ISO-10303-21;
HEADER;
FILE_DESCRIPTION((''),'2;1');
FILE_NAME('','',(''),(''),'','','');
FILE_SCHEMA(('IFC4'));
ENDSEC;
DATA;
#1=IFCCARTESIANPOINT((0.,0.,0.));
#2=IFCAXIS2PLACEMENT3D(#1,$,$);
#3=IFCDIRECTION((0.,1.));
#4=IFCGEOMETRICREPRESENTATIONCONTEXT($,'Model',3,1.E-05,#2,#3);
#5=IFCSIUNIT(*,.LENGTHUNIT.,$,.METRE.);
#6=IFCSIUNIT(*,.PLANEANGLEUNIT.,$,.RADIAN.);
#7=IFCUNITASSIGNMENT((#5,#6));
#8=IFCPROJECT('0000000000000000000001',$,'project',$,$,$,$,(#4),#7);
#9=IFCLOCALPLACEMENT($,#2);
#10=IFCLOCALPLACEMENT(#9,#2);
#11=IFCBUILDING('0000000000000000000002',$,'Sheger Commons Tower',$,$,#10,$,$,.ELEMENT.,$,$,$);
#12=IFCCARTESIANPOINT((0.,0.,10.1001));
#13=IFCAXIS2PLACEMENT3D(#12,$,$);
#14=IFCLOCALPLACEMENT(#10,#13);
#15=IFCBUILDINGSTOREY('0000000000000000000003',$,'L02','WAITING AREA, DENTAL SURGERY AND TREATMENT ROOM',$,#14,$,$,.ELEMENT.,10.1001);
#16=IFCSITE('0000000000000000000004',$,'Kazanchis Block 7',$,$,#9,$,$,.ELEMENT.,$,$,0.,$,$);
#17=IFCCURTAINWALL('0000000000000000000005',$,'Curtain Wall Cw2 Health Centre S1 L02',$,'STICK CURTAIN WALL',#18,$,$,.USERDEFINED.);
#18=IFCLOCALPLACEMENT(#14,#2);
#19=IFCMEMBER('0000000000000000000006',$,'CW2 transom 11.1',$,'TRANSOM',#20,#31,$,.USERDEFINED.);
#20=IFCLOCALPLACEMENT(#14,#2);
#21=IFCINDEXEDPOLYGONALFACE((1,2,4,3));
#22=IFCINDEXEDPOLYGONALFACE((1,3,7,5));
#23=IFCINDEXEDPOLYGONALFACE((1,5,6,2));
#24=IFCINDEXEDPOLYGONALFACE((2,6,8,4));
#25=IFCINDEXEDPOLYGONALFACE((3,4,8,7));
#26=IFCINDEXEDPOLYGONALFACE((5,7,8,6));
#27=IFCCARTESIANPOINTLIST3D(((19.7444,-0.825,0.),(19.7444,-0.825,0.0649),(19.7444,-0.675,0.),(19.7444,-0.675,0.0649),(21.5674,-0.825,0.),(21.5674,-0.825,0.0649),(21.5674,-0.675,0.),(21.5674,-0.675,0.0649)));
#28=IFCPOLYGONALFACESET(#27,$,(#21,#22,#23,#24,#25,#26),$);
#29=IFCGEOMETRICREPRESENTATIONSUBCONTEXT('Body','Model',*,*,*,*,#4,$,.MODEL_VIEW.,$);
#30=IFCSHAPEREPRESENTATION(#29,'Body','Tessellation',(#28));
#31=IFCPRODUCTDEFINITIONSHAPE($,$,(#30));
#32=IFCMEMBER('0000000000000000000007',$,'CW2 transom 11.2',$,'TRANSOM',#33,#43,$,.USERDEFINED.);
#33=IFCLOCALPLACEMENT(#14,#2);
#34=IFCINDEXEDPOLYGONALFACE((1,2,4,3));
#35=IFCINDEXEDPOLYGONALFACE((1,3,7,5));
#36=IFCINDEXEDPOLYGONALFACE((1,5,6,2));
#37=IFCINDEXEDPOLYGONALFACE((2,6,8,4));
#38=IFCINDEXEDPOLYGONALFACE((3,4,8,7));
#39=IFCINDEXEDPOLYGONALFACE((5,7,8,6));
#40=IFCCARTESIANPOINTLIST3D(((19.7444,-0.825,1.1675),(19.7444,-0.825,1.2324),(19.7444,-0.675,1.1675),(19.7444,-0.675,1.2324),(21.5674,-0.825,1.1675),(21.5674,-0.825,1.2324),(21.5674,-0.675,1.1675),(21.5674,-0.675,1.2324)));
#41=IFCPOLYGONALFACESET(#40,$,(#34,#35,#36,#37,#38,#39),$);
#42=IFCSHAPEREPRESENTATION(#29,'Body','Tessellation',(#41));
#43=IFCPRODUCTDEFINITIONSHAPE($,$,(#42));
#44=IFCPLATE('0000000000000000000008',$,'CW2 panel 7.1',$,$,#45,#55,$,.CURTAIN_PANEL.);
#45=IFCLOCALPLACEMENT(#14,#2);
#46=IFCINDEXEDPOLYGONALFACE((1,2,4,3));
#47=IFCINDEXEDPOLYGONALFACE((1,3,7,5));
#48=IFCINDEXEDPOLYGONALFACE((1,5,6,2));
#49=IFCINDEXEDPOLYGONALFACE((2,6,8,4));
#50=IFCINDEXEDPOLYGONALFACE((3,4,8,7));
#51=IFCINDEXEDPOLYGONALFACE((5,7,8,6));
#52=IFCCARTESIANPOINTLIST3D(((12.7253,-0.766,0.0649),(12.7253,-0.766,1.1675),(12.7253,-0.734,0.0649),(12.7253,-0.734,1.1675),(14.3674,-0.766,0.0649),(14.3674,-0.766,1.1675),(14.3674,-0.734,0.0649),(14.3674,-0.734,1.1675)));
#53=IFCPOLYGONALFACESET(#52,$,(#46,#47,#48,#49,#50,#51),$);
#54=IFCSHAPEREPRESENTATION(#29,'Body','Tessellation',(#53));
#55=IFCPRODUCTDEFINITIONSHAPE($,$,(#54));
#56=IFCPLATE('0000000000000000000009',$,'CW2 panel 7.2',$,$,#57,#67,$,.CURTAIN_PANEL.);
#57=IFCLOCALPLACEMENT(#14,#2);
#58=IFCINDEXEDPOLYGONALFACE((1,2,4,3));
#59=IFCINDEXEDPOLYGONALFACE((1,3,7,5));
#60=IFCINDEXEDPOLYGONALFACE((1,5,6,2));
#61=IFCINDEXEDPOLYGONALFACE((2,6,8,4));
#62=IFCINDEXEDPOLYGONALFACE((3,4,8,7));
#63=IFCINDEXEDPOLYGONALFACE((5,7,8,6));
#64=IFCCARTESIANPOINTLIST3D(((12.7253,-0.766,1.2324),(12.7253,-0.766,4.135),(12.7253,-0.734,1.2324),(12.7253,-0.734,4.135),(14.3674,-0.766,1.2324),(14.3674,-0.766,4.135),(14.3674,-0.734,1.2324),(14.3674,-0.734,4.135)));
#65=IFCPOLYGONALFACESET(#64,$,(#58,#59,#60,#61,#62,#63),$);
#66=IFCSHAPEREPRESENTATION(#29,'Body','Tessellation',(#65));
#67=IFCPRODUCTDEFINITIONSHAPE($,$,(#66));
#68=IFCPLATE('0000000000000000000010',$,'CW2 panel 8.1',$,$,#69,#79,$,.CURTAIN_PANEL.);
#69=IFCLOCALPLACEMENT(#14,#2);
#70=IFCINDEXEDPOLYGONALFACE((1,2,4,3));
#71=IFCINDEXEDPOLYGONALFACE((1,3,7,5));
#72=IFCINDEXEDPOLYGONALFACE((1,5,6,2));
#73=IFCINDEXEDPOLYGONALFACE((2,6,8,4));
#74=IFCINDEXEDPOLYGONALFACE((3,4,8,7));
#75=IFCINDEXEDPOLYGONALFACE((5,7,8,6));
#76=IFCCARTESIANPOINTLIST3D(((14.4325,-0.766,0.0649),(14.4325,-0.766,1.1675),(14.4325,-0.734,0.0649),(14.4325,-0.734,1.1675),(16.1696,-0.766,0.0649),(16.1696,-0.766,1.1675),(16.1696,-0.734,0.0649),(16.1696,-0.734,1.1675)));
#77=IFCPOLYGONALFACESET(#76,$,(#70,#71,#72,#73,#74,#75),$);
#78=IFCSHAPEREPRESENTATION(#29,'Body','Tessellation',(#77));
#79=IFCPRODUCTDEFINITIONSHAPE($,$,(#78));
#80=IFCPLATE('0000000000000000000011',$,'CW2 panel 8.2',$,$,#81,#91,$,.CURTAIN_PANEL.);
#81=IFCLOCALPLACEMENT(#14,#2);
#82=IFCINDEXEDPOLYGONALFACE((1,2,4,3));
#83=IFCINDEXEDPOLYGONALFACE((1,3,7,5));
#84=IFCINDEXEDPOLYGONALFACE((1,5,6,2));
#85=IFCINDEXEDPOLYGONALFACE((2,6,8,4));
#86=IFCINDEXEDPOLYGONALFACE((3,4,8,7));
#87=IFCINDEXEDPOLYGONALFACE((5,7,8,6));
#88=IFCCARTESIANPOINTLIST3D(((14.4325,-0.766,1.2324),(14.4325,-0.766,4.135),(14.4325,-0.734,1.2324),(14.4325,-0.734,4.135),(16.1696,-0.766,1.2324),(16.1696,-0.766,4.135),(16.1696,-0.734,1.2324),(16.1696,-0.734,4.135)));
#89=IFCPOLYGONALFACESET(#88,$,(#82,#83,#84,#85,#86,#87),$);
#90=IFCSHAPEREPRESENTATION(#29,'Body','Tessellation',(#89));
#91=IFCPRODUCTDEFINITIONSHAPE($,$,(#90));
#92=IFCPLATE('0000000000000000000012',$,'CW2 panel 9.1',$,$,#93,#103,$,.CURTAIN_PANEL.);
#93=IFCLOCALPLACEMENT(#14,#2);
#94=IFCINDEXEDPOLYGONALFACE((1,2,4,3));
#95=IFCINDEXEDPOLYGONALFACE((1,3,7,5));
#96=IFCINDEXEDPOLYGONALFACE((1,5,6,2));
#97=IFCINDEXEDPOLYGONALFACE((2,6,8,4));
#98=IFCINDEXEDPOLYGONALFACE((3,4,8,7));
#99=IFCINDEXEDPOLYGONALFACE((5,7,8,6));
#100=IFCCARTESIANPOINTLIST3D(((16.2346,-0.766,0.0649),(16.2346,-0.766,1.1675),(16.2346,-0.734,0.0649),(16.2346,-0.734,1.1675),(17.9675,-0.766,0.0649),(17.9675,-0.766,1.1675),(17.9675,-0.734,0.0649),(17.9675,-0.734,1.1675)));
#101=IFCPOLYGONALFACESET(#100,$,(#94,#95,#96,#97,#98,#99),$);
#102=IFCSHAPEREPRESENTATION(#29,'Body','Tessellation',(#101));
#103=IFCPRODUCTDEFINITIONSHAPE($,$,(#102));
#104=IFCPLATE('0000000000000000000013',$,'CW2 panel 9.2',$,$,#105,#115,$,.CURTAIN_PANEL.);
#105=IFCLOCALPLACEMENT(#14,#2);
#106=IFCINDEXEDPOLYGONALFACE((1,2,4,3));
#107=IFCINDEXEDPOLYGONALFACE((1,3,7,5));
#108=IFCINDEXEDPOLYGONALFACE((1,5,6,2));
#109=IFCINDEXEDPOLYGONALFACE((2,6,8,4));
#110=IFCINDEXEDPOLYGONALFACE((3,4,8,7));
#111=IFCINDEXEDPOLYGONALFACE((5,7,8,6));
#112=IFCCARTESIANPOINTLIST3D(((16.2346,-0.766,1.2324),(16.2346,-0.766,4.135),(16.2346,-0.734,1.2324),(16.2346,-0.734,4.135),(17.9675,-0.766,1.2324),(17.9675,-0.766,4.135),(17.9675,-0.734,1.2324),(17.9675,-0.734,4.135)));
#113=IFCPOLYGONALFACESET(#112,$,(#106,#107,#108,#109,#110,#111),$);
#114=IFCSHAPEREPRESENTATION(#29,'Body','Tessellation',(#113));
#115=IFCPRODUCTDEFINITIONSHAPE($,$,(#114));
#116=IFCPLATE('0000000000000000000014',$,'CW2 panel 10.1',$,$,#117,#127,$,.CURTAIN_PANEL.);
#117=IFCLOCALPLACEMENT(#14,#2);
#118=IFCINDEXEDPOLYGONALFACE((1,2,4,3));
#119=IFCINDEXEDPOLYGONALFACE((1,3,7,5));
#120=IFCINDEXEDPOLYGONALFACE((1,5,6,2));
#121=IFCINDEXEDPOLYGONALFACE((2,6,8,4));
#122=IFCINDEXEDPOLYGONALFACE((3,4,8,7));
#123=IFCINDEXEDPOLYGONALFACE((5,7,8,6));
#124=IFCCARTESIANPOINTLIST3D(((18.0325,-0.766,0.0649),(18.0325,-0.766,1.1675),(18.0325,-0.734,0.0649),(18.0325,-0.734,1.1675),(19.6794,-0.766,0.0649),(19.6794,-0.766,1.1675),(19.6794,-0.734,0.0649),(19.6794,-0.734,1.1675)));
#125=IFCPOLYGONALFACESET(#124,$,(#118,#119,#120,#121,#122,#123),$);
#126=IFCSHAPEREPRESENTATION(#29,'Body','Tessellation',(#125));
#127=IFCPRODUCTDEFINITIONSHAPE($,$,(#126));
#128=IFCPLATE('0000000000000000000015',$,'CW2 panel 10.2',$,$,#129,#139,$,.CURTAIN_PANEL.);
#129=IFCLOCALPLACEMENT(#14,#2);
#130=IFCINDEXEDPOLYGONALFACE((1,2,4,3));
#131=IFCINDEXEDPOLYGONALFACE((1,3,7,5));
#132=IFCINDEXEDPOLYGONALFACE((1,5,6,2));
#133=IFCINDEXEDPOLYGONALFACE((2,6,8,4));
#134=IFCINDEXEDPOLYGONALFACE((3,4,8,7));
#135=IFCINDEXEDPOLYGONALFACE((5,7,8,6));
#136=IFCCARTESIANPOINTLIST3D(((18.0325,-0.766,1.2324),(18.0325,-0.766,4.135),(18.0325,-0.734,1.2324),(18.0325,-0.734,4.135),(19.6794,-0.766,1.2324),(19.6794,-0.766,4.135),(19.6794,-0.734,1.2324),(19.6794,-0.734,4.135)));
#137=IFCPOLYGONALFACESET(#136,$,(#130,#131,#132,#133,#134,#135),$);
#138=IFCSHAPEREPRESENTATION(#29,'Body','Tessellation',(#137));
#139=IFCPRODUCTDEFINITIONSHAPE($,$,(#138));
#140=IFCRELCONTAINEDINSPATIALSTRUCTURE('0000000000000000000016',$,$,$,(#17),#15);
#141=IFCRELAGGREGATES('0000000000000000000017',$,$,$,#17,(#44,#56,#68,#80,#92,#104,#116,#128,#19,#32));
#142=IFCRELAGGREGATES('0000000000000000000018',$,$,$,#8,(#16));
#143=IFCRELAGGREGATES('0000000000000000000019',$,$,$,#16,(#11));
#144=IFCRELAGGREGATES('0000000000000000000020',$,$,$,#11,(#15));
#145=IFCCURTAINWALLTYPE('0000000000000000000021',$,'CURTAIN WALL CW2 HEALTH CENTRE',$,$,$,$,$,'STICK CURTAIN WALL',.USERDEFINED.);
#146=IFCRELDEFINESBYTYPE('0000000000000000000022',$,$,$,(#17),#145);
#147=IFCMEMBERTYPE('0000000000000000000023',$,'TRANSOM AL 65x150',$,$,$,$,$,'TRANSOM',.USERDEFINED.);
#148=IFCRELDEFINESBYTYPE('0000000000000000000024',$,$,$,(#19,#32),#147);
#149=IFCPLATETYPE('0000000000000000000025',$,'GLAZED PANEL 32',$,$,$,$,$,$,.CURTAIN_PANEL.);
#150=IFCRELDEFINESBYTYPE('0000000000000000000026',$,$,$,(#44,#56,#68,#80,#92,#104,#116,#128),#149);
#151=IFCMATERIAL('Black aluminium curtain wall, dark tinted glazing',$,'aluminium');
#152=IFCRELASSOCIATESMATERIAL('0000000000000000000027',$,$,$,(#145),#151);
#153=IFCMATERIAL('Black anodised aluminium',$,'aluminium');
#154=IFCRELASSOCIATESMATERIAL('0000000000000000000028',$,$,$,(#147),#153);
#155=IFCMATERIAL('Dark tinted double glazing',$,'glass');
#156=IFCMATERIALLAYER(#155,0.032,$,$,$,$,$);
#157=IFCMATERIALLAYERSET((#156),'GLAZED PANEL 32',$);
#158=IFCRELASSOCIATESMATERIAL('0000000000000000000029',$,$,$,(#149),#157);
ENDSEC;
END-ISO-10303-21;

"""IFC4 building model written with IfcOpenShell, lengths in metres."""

from ifc_helpers import new_model, si_unit, direction, frame, origin, origin_2d, place, context, subcontext, project, spatial, rectangle, extrude, material, layer, layer_set, material_profile, profile_set, type_object, element, aggregate, save


model = new_model("IFC4")

# Units and contexts
model_context = context("Model", 3, precision=1e-05, world=origin(), true_north=direction((0.0, 1.0)))
body_context = subcontext(model_context, "Body", "Model", "MODEL_VIEW")
ifc_project = project(units=[si_unit("LENGTHUNIT", "METRE"), si_unit("PLANEANGLEUNIT", "RADIAN")], contexts=[model_context])

# Site, building, storey
site_placement = place(None, origin())
site = spatial("IfcSite", under=ifc_project, at=site_placement, Name="Kazanchis Block 7", CompositionType="ELEMENT", RefElevation=0.0)
building_placement = place(site_placement, origin())
building = spatial("IfcBuilding", under=site, at=building_placement, Name="Sheger Commons Tower", CompositionType="ELEMENT")
storey_placement = place(building_placement, frame((0.0, 0.0, 10.1001)))
storey = spatial("IfcBuildingStorey", under=building, at=storey_placement, Name="L02", Description="WAITING AREA, DENTAL SURGERY AND TREATMENT ROOM", CompositionType="ELEMENT", Elevation=10.1001)

# Curtain wall, members, plates
ifc_material_1 = material(Name="Black aluminium curtain wall, dark tinted glazing", Category="aluminium")
curtain_wall_type = type_object("IfcCurtainWallType", Name="CURTAIN WALL CW2 HEALTH CENTRE", ElementType="STICK CURTAIN WALL", PredefinedType="USERDEFINED", material=ifc_material_1)
curtain_wall_placement = place(storey_placement, origin())
curtain_wall = element("IfcCurtainWall", 1, at=curtain_wall_placement, inside=storey, type_object=curtain_wall_type, Name="Curtain Wall Cw2 Health Centre S1 L02", ObjectType="STICK CURTAIN WALL", PredefinedType="USERDEFINED")
ifc_material_2 = material(Name="Black anodised aluminium", Category="aluminium")
ifc_material_profile_1 = material_profile(ifc_material_2, rectangle(XDim=0.1499, YDim=0.0649, at=origin_2d()), Name="AL 65x150")
ifc_profile_set_1 = profile_set([ifc_material_profile_1], Name="Black anodised aluminium")
member_type_1 = type_object("IfcMemberType", Name="TRANSOM AL 65x150", ElementType="TRANSOM", PredefinedType="USERDEFINED", material=ifc_profile_set_1)
member_1_placement = place(storey_placement, frame((19.7444, -0.75, 0.0325), z_axis=(1.0, 0.0, 0.0), x_axis=(0.0, 1.0, 0.0)))
member_1 = element("IfcMember", 2, at=member_1_placement, type_object=member_type_1, Name="CW2 transom 11.1", ObjectType="TRANSOM", PredefinedType="USERDEFINED", context=body_context, shape_type="SweptSolid", body=[
    extrude(rectangle(XDim=0.1499, YDim=0.0649, at=origin_2d()), origin(), (0.0, 0.0, 1.0), 1.823),
])
member_2_placement = place(storey_placement, frame((19.7444, -0.75, 1.2), z_axis=(1.0, 0.0, 0.0), x_axis=(0.0, 1.0, 0.0)))
member_2 = element("IfcMember", 3, at=member_2_placement, type_object=member_type_1, Name="CW2 transom 11.2", ObjectType="TRANSOM", PredefinedType="USERDEFINED", context=body_context, shape_type="SweptSolid", body=[
    extrude(rectangle(XDim=0.1499, YDim=0.0649, at=origin_2d()), origin(), (0.0, 0.0, 1.0), 1.823),
])
ifc_material_3 = material(Name="Dark tinted double glazing", Category="glass")
ifc_layer = layer(ifc_material_3, 0.032)
ifc_layer_set = layer_set([ifc_layer], Name="GLAZED PANEL 32")
plate_type = type_object("IfcPlateType", Name="GLAZED PANEL 32", PredefinedType="CURTAIN_PANEL", material=ifc_layer_set)
plate_1_placement = place(storey_placement, frame((13.5464, -0.75, 0.0649), z_axis=(0.0, 0.0, 1.0), x_axis=(1.0, 0.0, 0.0)))
plate_1 = element("IfcPlate", 4, at=plate_1_placement, type_object=plate_type, Name="CW2 panel 7.1", PredefinedType="CURTAIN_PANEL", context=body_context, shape_type="SweptSolid", body=[
    extrude(rectangle(XDim=1.6421, YDim=0.032, at=origin_2d()), origin(), (0.0, 0.0, 1.0), 1.1025),
])
plate_2_placement = place(storey_placement, frame((13.5464, -0.75, 1.2324), z_axis=(0.0, 0.0, 1.0), x_axis=(1.0, 0.0, 0.0)))
plate_2 = element("IfcPlate", 5, at=plate_2_placement, type_object=plate_type, Name="CW2 panel 7.2", PredefinedType="CURTAIN_PANEL", context=body_context, shape_type="SweptSolid", body=[
    extrude(rectangle(XDim=1.6421, YDim=0.032, at=origin_2d()), origin(), (0.0, 0.0, 1.0), 2.9026),
])
plate_3_placement = place(storey_placement, frame((15.301, -0.75, 0.0649), z_axis=(0.0, 0.0, 1.0), x_axis=(1.0, 0.0, 0.0)))
plate_3 = element("IfcPlate", 6, at=plate_3_placement, type_object=plate_type, Name="CW2 panel 8.1", PredefinedType="CURTAIN_PANEL", context=body_context, shape_type="SweptSolid", body=[
    extrude(rectangle(XDim=1.7371, YDim=0.032, at=origin_2d()), origin(), (0.0, 0.0, 1.0), 1.1025),
])
plate_4_placement = place(storey_placement, frame((15.301, -0.75, 1.2324), z_axis=(0.0, 0.0, 1.0), x_axis=(1.0, 0.0, 0.0)))
plate_4 = element("IfcPlate", 7, at=plate_4_placement, type_object=plate_type, Name="CW2 panel 8.2", PredefinedType="CURTAIN_PANEL", context=body_context, shape_type="SweptSolid", body=[
    extrude(rectangle(XDim=1.7371, YDim=0.032, at=origin_2d()), origin(), (0.0, 0.0, 1.0), 2.9026),
])
plate_5_placement = place(storey_placement, frame((17.1011, -0.75, 0.0649), z_axis=(0.0, 0.0, 1.0), x_axis=(1.0, 0.0, 0.0)))
plate_5 = element("IfcPlate", 8, at=plate_5_placement, type_object=plate_type, Name="CW2 panel 9.1", PredefinedType="CURTAIN_PANEL", context=body_context, shape_type="SweptSolid", body=[
    extrude(rectangle(XDim=1.7329, YDim=0.032, at=origin_2d()), origin(), (0.0, 0.0, 1.0), 1.1025),
])
plate_6_placement = place(storey_placement, frame((17.1011, -0.75, 1.2324), z_axis=(0.0, 0.0, 1.0), x_axis=(1.0, 0.0, 0.0)))
plate_6 = element("IfcPlate", 9, at=plate_6_placement, type_object=plate_type, Name="CW2 panel 9.2", PredefinedType="CURTAIN_PANEL", context=body_context, shape_type="SweptSolid", body=[
    extrude(rectangle(XDim=1.7329, YDim=0.032, at=origin_2d()), origin(), (0.0, 0.0, 1.0), 2.9026),
])
plate_7_placement = place(storey_placement, frame((18.856, -0.75, 0.0649), z_axis=(0.0, 0.0, 1.0), x_axis=(1.0, 0.0, 0.0)))
plate_7 = element("IfcPlate", 10, at=plate_7_placement, type_object=plate_type, Name="CW2 panel 10.1", PredefinedType="CURTAIN_PANEL", context=body_context, shape_type="SweptSolid", body=[
    extrude(rectangle(XDim=1.647, YDim=0.032, at=origin_2d()), origin(), (0.0, 0.0, 1.0), 1.1025),
])
plate_8_placement = place(storey_placement, frame((18.856, -0.75, 1.2324), z_axis=(0.0, 0.0, 1.0), x_axis=(1.0, 0.0, 0.0)))
plate_8 = element("IfcPlate", 11, at=plate_8_placement, type_object=plate_type, Name="CW2 panel 10.2", PredefinedType="CURTAIN_PANEL", context=body_context, shape_type="SweptSolid", body=[
    extrude(rectangle(XDim=1.647, YDim=0.032, at=origin_2d()), origin(), (0.0, 0.0, 1.0), 2.9026),
])
aggregate(curtain_wall, [plate_1, plate_2, plate_3, plate_4, plate_5, plate_6, plate_7, plate_8, member_1, member_2])

save(model, "model.ifc")
